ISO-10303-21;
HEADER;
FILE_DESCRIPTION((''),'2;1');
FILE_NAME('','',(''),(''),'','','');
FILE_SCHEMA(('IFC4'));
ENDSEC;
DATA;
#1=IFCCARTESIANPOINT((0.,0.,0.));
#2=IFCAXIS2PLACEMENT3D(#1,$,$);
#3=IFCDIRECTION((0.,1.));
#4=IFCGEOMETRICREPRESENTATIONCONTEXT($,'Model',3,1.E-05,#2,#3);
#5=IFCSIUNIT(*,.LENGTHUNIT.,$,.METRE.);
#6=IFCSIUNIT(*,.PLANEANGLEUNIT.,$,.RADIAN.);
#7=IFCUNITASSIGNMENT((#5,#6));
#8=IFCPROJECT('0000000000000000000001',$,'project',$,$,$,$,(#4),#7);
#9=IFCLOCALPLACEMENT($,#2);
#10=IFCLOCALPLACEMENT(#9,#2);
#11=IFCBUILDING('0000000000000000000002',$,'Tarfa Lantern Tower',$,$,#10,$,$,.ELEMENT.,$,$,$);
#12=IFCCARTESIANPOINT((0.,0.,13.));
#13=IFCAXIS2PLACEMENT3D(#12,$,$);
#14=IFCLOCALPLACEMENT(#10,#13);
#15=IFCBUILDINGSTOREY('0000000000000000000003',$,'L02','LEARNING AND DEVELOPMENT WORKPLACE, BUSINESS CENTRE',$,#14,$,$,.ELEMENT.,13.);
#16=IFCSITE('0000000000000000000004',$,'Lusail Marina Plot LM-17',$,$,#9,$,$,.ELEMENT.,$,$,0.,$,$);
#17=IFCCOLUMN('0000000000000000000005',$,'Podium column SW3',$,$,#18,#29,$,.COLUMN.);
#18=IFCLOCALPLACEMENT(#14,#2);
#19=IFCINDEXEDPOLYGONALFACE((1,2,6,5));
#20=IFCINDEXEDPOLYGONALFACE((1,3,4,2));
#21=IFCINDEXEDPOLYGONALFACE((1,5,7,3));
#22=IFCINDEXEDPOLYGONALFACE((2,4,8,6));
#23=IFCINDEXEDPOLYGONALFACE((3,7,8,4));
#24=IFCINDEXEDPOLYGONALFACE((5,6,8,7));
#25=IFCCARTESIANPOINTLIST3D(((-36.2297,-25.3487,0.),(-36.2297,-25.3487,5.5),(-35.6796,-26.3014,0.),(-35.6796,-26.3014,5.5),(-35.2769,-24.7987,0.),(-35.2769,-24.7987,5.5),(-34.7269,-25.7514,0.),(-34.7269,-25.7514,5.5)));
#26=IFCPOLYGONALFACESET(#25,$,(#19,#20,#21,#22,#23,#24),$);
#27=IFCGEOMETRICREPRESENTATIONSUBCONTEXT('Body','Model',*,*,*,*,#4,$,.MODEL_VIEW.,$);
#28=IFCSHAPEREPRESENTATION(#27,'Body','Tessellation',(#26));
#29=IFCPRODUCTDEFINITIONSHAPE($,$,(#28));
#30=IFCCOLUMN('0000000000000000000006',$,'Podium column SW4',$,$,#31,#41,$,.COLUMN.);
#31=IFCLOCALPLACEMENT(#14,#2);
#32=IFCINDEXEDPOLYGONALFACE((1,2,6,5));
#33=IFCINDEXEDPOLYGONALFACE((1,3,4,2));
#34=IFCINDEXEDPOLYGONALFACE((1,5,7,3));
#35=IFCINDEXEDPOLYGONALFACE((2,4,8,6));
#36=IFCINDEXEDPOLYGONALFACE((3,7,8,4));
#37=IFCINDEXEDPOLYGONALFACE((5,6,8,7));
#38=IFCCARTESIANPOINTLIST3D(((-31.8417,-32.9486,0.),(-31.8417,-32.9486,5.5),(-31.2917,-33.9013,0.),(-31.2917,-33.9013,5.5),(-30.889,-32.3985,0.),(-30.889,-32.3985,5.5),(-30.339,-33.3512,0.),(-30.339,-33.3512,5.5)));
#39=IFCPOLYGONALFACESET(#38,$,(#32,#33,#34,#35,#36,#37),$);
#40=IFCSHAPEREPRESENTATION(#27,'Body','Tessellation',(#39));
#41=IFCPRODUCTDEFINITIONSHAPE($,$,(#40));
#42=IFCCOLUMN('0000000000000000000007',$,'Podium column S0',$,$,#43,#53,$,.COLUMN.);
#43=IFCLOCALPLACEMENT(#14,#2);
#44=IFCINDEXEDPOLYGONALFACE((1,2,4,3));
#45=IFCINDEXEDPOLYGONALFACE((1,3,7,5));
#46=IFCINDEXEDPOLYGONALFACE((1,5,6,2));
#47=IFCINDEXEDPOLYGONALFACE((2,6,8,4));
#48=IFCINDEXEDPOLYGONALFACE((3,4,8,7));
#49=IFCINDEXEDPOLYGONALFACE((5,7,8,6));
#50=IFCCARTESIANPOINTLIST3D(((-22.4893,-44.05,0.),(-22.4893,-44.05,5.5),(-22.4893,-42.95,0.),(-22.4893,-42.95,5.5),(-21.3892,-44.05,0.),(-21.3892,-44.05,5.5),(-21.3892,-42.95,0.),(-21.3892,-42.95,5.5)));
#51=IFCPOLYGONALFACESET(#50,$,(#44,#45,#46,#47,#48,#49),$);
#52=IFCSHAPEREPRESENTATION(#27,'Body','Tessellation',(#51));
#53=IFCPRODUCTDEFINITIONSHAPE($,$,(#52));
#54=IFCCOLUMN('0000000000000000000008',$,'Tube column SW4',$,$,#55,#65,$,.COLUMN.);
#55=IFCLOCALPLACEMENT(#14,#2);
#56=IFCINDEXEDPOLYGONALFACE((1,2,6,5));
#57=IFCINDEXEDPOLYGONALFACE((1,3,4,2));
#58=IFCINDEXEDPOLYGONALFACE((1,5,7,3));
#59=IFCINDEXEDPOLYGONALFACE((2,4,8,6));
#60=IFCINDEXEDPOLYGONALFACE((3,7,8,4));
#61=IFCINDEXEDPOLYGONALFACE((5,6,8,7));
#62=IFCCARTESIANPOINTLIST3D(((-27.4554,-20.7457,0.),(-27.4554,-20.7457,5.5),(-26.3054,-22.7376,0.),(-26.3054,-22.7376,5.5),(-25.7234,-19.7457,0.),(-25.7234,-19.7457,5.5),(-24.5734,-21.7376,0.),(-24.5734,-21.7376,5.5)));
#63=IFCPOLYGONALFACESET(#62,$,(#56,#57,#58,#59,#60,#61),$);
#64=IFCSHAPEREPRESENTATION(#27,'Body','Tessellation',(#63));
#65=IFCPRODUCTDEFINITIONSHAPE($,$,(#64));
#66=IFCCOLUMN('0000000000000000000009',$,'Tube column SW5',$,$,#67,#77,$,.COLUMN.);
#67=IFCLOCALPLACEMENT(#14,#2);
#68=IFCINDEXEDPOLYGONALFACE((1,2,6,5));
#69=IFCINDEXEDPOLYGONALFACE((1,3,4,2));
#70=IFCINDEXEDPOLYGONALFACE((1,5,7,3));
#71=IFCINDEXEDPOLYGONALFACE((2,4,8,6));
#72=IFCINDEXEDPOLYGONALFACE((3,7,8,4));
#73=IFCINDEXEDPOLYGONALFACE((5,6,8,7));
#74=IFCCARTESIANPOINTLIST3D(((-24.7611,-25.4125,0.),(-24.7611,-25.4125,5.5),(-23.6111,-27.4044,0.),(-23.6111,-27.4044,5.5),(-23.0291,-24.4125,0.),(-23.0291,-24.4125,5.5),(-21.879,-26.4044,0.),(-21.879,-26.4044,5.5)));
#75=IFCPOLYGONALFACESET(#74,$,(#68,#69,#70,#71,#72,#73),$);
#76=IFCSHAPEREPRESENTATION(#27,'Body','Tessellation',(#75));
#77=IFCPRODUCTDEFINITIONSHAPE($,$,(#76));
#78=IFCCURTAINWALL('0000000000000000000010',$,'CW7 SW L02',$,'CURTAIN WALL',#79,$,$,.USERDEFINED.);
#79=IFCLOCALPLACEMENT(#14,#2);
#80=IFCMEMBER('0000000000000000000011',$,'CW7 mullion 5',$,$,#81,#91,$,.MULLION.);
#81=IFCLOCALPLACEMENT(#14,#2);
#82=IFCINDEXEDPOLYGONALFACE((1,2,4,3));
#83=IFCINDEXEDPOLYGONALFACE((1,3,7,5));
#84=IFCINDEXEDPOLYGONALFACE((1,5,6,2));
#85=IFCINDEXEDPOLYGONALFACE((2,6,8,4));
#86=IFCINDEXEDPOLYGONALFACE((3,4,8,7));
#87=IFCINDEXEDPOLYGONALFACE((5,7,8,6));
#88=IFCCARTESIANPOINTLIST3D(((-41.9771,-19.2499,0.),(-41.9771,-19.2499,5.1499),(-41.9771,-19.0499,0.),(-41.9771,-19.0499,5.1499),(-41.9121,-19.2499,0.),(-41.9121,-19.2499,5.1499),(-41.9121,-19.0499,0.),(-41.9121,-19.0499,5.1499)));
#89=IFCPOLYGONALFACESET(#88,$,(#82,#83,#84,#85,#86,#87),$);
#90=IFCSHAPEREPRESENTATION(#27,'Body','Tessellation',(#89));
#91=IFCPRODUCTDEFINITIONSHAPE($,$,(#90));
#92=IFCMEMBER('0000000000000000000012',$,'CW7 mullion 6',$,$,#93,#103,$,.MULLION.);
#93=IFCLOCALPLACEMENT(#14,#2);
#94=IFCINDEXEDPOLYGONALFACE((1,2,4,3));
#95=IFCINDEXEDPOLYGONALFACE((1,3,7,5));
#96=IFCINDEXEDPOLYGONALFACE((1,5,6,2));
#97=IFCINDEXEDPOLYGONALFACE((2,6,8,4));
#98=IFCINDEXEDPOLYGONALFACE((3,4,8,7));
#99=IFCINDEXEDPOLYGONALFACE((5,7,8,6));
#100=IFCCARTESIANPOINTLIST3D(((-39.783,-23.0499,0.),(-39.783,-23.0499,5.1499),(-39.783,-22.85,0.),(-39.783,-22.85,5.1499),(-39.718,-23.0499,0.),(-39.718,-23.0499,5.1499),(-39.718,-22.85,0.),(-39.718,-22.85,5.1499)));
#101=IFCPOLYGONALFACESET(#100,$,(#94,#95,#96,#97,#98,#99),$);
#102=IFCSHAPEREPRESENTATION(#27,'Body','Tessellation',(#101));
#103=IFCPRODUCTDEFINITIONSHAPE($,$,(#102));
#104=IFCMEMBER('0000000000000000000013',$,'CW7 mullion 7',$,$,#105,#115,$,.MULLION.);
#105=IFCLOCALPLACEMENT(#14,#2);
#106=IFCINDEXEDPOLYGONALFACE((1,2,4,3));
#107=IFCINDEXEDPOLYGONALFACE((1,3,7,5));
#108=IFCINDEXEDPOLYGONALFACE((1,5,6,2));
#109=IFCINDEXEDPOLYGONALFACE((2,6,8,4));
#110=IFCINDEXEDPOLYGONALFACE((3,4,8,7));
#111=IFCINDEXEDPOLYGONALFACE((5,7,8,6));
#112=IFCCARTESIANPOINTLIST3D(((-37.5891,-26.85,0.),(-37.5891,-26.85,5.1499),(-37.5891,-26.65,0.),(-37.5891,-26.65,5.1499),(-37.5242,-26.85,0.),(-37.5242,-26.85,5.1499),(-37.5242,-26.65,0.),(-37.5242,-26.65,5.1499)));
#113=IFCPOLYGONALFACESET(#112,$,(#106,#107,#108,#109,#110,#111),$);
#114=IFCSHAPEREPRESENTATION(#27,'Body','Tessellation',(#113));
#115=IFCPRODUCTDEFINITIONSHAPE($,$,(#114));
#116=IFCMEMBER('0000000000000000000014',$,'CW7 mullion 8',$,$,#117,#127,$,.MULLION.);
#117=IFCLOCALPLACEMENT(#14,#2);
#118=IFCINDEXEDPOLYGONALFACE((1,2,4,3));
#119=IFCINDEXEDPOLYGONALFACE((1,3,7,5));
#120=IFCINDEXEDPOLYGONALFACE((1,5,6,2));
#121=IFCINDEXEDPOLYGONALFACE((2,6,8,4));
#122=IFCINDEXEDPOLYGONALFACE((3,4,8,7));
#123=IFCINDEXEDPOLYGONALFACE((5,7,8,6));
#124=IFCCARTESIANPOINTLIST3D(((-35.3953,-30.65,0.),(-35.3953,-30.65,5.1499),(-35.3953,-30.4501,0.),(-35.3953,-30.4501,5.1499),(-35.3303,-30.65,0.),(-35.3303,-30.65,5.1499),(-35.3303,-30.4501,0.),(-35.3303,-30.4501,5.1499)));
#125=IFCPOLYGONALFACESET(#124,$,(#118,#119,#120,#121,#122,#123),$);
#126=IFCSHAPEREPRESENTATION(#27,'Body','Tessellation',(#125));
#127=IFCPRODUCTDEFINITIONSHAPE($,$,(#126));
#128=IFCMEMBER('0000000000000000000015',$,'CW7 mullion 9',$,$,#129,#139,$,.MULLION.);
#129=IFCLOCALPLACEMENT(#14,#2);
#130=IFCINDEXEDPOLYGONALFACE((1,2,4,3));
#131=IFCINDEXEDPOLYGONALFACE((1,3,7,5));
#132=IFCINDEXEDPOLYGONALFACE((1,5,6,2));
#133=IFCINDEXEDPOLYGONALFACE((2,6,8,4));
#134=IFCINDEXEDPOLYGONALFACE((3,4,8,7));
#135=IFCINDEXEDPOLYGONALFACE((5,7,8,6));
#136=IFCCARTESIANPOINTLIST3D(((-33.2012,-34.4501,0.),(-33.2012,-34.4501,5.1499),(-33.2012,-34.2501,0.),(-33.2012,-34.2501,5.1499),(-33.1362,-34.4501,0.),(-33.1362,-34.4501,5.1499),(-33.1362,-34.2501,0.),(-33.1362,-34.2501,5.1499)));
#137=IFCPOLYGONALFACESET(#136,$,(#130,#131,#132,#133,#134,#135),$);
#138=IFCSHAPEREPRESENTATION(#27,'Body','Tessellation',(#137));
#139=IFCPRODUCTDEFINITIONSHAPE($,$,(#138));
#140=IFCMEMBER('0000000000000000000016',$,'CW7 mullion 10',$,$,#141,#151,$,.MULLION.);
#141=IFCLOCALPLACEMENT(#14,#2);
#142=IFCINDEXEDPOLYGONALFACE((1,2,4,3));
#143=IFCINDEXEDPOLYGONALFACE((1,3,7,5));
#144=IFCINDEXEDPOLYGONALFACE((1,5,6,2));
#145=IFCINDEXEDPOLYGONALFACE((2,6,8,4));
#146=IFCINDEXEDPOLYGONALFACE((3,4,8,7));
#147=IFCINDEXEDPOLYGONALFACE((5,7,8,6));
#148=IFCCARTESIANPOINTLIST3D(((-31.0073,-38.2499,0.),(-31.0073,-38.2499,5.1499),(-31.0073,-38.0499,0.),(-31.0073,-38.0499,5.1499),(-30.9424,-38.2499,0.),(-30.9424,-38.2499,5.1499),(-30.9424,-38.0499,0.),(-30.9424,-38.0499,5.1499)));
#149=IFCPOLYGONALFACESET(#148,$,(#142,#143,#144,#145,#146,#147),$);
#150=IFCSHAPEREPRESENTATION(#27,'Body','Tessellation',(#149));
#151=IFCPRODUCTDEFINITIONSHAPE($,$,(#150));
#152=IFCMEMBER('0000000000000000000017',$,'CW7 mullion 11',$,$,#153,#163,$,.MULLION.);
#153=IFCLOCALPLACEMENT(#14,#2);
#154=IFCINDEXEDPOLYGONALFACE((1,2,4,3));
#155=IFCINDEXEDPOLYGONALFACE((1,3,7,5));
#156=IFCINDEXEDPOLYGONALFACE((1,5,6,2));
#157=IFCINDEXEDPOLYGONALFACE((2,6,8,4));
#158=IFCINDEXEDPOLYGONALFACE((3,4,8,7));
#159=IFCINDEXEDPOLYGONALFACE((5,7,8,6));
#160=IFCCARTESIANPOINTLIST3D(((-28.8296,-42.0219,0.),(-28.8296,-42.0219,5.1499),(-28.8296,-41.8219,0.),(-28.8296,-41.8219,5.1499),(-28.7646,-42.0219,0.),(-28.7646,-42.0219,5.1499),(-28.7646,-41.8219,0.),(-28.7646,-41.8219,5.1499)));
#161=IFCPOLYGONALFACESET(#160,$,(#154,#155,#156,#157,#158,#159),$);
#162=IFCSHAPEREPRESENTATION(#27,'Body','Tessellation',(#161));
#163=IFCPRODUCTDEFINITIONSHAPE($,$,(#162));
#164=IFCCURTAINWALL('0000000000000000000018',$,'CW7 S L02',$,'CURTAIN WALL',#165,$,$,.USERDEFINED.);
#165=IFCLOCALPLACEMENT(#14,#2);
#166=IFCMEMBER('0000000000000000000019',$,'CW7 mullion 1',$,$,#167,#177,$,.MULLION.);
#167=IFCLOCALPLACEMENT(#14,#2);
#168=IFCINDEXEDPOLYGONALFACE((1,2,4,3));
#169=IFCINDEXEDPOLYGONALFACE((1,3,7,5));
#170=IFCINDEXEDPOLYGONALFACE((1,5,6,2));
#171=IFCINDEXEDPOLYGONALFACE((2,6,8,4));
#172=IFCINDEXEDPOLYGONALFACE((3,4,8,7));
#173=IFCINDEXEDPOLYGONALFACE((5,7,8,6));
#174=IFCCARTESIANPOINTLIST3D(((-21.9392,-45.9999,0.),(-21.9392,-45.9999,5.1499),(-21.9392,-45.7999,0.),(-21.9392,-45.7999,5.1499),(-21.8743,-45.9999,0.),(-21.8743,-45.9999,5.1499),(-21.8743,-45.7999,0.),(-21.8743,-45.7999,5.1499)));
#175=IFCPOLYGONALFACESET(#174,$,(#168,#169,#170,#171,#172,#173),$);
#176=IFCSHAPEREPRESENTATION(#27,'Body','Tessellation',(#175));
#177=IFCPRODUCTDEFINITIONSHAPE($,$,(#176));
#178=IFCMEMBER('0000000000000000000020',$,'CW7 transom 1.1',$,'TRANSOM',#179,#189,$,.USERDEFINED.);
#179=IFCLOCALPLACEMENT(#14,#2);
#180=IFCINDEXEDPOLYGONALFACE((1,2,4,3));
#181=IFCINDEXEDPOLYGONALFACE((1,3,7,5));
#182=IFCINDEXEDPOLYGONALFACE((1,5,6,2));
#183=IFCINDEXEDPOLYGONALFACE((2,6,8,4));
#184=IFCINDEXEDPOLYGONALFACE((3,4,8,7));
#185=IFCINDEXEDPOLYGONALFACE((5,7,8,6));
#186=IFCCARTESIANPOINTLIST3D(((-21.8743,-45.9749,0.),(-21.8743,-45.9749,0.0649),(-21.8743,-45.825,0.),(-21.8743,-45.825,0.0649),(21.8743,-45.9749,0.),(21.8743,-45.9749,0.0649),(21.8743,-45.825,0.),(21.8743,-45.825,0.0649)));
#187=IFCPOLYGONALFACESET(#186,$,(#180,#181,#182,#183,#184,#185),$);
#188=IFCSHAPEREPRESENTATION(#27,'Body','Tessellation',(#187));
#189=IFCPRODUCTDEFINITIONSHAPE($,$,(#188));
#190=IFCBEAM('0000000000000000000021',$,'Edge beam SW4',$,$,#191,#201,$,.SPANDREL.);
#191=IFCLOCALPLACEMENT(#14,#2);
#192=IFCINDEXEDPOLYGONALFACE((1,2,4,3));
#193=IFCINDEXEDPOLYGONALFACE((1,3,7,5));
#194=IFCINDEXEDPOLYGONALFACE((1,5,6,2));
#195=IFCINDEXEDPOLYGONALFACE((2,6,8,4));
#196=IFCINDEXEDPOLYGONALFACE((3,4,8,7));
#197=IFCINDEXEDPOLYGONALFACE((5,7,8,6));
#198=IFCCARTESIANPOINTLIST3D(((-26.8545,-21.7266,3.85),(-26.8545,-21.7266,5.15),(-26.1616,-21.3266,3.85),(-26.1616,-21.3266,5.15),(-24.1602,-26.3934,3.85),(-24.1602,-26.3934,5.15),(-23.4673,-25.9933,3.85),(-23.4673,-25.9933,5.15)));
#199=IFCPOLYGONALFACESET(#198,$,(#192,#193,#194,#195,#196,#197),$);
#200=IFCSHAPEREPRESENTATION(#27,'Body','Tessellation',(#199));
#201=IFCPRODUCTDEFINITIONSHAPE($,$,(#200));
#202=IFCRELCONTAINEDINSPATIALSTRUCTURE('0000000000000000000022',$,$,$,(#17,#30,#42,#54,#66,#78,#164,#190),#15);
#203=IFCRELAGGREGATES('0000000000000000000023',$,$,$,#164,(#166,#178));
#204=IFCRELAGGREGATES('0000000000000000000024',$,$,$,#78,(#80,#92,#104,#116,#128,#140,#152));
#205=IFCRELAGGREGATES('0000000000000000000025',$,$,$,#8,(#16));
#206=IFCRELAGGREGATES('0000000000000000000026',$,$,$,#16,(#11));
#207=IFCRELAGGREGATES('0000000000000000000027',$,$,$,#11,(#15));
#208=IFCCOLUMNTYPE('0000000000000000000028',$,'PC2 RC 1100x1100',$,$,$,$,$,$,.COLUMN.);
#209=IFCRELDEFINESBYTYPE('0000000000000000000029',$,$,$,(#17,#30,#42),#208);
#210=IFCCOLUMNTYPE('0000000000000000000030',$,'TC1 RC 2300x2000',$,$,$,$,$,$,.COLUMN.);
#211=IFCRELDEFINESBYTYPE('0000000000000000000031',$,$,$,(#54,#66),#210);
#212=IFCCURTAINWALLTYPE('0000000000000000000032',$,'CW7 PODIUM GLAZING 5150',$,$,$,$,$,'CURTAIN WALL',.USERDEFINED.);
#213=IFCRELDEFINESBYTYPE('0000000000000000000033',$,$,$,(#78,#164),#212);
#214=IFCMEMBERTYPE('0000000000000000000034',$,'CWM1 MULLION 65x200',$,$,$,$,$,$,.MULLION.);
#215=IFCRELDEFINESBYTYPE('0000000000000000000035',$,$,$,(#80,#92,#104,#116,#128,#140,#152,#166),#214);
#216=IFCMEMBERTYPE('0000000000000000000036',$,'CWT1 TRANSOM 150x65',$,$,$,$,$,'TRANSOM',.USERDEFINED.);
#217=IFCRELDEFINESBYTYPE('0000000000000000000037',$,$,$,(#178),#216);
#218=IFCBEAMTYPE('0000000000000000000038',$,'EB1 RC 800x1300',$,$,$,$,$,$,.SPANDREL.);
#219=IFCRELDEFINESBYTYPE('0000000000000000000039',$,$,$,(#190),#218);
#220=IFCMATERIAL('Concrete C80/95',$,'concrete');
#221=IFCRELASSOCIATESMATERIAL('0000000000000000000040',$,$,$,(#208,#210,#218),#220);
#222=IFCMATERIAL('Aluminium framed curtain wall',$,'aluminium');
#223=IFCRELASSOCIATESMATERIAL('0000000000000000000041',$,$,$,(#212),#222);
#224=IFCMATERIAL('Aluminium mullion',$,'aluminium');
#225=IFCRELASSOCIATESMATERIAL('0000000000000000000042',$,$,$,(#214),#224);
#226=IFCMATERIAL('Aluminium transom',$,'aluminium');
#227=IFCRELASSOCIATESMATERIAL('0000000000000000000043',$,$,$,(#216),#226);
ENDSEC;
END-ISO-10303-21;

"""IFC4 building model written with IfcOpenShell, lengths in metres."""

from ifc_helpers import new_model, si_unit, direction, frame, origin, origin_2d, place, context, subcontext, project, spatial, rectangle, extrude, material, material_profile, profile_set, type_object, element, aggregate, save


model = new_model("IFC4")

# Units and contexts
model_context = context("Model", 3, precision=1e-05, world=origin(), true_north=direction((0.0, 1.0)))
body_context = subcontext(model_context, "Body", "Model", "MODEL_VIEW")
ifc_project = project(units=[si_unit("LENGTHUNIT", "METRE"), si_unit("PLANEANGLEUNIT", "RADIAN")], contexts=[model_context])

# Site, building, storey
site_placement = place(None, origin())
site = spatial("IfcSite", under=ifc_project, at=site_placement, Name="Lusail Marina Plot LM-17", CompositionType="ELEMENT", RefElevation=0.0)
building_placement = place(site_placement, origin())
building = spatial("IfcBuilding", under=site, at=building_placement, Name="Tarfa Lantern Tower", CompositionType="ELEMENT")
storey_placement = place(building_placement, frame((0.0, 0.0, 13.0)))
storey = spatial("IfcBuildingStorey", under=building, at=storey_placement, Name="L02", Description="LEARNING AND DEVELOPMENT WORKPLACE, BUSINESS CENTRE", CompositionType="ELEMENT", Elevation=13.0)

# Columns
ifc_material_1 = material(Name="Concrete C80/95", Category="concrete")
ifc_material_profile_1 = material_profile(ifc_material_1, rectangle(XDim=1.1001, YDim=1.1001, at=origin_2d()), Name="RC 1100x1100")
ifc_profile_set_1 = profile_set([ifc_material_profile_1], Name="Concrete C80/95")
column_type_1 = type_object("IfcColumnType", Name="PC2 RC 1100x1100", PredefinedType="COLUMN", material=ifc_profile_set_1)
for number, where, z_axis, x_axis, name in (
    (1, (-35.4783, -25.55, 0.0), (0.0, 0.0, 1.0), (0.5, -0.866025, 0.0), "Podium column SW3"),
    (2, (-31.0903, -33.1499, 0.0), (0.0, 0.0, 1.0), (0.5, -0.866025, 0.0), "Podium column SW4"),
    (3, (-21.9392, -43.5, 0.0), (0.0, 0.0, 1.0), (1.0, 0.0, 0.0), "Podium column S0"),
):
    element("IfcColumn", number, at=place(storey_placement, frame(where, z_axis=z_axis, x_axis=x_axis)), inside=storey, type_object=column_type_1, Name=name, PredefinedType="COLUMN", context=body_context, shape_type="SweptSolid", body=[
        extrude(rectangle(XDim=1.1001, YDim=1.1001, at=origin_2d()), origin(), (0.0, 0.0, 1.0), 5.5),
    ])
ifc_material_profile_2 = material_profile(ifc_material_1, rectangle(XDim=2.3, YDim=2.0, at=origin_2d()), Name="RC 2300x2000")
ifc_profile_set_2 = profile_set([ifc_material_profile_2], Name="Concrete C80/95")
column_type_2 = type_object("IfcColumnType", Name="TC1 RC 2300x2000", PredefinedType="COLUMN", material=ifc_profile_set_2)
for number, where, z_axis, x_axis, name in (
    (4, (-26.0144, -21.2417, 0.0), (0.0, 0.0, 1.0), (0.5, -0.866025, 0.0), "Tube column SW4"),
    (5, (-23.3201, -25.9084, 0.0), (0.0, 0.0, 1.0), (0.5, -0.866025, 0.0), "Tube column SW5"),
):
    element("IfcColumn", number, at=place(storey_placement, frame(where, z_axis=z_axis, x_axis=x_axis)), inside=storey, type_object=column_type_2, Name=name, PredefinedType="COLUMN", context=body_context, shape_type="SweptSolid", body=[
        extrude(rectangle(XDim=2.3, YDim=2.0, at=origin_2d()), origin(), (0.0, 0.0, 1.0), 5.5),
    ])

# Curtain walls, members
ifc_material_2 = material(Name="Aluminium framed curtain wall", Category="aluminium")
curtain_wall_type = type_object("IfcCurtainWallType", Name="CW7 PODIUM GLAZING 5150", ElementType="CURTAIN WALL", PredefinedType="USERDEFINED", material=ifc_material_2)
curtain_wall_1_placement = place(storey_placement, origin())
curtain_wall_1 = element("IfcCurtainWall", 6, at=curtain_wall_1_placement, inside=storey, type_object=curtain_wall_type, Name="CW7 SW L02", ObjectType="CURTAIN WALL", PredefinedType="USERDEFINED")
ifc_material_3 = material(Name="Aluminium mullion", Category="aluminium")
ifc_material_profile_3 = material_profile(ifc_material_3, rectangle(XDim=0.0649, YDim=0.2, at=origin_2d()), Name="AL MULLION 65x200")
ifc_profile_set_3 = profile_set([ifc_material_profile_3], Name="Aluminium mullion")
member_type_1 = type_object("IfcMemberType", Name="CWM1 MULLION 65x200", PredefinedType="MULLION", material=ifc_profile_set_3)
member_1_placement = place(storey_placement, frame((-41.9446, -19.1499, 0.0), z_axis=(0.0, 0.0, 1.0), x_axis=(1.0, 0.0, 0.0)))
member_1 = element("IfcMember", 7, at=member_1_placement, type_object=member_type_1, Name="CW7 mullion 5", PredefinedType="MULLION", context=body_context, shape_type="SweptSolid", body=[
    extrude(rectangle(XDim=0.0649, YDim=0.2, at=origin_2d()), origin(), (0.0, 0.0, 1.0), 5.1499),
])
member_2_placement = place(storey_placement, frame((-39.7505, -22.95, 0.0), z_axis=(0.0, 0.0, 1.0), x_axis=(1.0, 0.0, 0.0)))
member_2 = element("IfcMember", 8, at=member_2_placement, type_object=member_type_1, Name="CW7 mullion 6", PredefinedType="MULLION", context=body_context, shape_type="SweptSolid", body=[
    extrude(rectangle(XDim=0.0649, YDim=0.2, at=origin_2d()), origin(), (0.0, 0.0, 1.0), 5.1499),
])
member_3_placement = place(storey_placement, frame((-37.5566, -26.75, 0.0), z_axis=(0.0, 0.0, 1.0), x_axis=(1.0, 0.0, 0.0)))
member_3 = element("IfcMember", 9, at=member_3_placement, type_object=member_type_1, Name="CW7 mullion 7", PredefinedType="MULLION", context=body_context, shape_type="SweptSolid", body=[
    extrude(rectangle(XDim=0.0649, YDim=0.2, at=origin_2d()), origin(), (0.0, 0.0, 1.0), 5.1499),
])
member_4_placement = place(storey_placement, frame((-35.3628, -30.55, 0.0), z_axis=(0.0, 0.0, 1.0), x_axis=(1.0, 0.0, 0.0)))
member_4 = element("IfcMember", 10, at=member_4_placement, type_object=member_type_1, Name="CW7 mullion 8", PredefinedType="MULLION", context=body_context, shape_type="SweptSolid", body=[
    extrude(rectangle(XDim=0.0649, YDim=0.2, at=origin_2d()), origin(), (0.0, 0.0, 1.0), 5.1499),
])
member_5_placement = place(storey_placement, frame((-33.1687, -34.3501, 0.0), z_axis=(0.0, 0.0, 1.0), x_axis=(1.0, 0.0, 0.0)))
member_5 = element("IfcMember", 11, at=member_5_placement, type_object=member_type_1, Name="CW7 mullion 9", PredefinedType="MULLION", context=body_context, shape_type="SweptSolid", body=[
    extrude(rectangle(XDim=0.0649, YDim=0.2, at=origin_2d()), origin(), (0.0, 0.0, 1.0), 5.1499),
])
member_6_placement = place(storey_placement, frame((-30.9749, -38.1499, 0.0), z_axis=(0.0, 0.0, 1.0), x_axis=(1.0, 0.0, 0.0)))
member_6 = element("IfcMember", 12, at=member_6_placement, type_object=member_type_1, Name="CW7 mullion 10", PredefinedType="MULLION", context=body_context, shape_type="SweptSolid", body=[
    extrude(rectangle(XDim=0.0649, YDim=0.2, at=origin_2d()), origin(), (0.0, 0.0, 1.0), 5.1499),
])
member_7_placement = place(storey_placement, frame((-28.7971, -41.9219, 0.0), z_axis=(0.0, 0.0, 1.0), x_axis=(1.0, 0.0, 0.0)))
member_7 = element("IfcMember", 13, at=member_7_placement, type_object=member_type_1, Name="CW7 mullion 11", PredefinedType="MULLION", context=body_context, shape_type="SweptSolid", body=[
    extrude(rectangle(XDim=0.0649, YDim=0.2, at=origin_2d()), origin(), (0.0, 0.0, 1.0), 5.1499),
])
curtain_wall_2_placement = place(storey_placement, origin())
curtain_wall_2 = element("IfcCurtainWall", 14, at=curtain_wall_2_placement, inside=storey, type_object=curtain_wall_type, Name="CW7 S L02", ObjectType="CURTAIN WALL", PredefinedType="USERDEFINED")
member_8_placement = place(storey_placement, frame((-21.9067, -45.8999, 0.0), z_axis=(0.0, 0.0, 1.0), x_axis=(1.0, 0.0, 0.0)))
member_8 = element("IfcMember", 15, at=member_8_placement, type_object=member_type_1, Name="CW7 mullion 1", PredefinedType="MULLION", context=body_context, shape_type="SweptSolid", body=[
    extrude(rectangle(XDim=0.0649, YDim=0.2, at=origin_2d()), origin(), (0.0, 0.0, 1.0), 5.1499),
])
ifc_material_4 = material(Name="Aluminium transom", Category="aluminium")
ifc_material_profile_4 = material_profile(ifc_material_4, rectangle(XDim=0.1499, YDim=0.0649, at=origin_2d()), Name="AL TRANSOM 150x65")
ifc_profile_set_4 = profile_set([ifc_material_profile_4], Name="Aluminium transom")
member_type_2 = type_object("IfcMemberType", Name="CWT1 TRANSOM 150x65", ElementType="TRANSOM", PredefinedType="USERDEFINED", material=ifc_profile_set_4)
member_9_placement = place(storey_placement, frame((-21.8743, -45.8999, 0.0325), z_axis=(1.0, 0.0, 0.0), x_axis=(0.0, 1.0, 0.0)))
member_9 = element("IfcMember", 16, at=member_9_placement, type_object=member_type_2, Name="CW7 transom 1.1", ObjectType="TRANSOM", PredefinedType="USERDEFINED", context=body_context, shape_type="SweptSolid", body=[
    extrude(rectangle(XDim=0.1499, YDim=0.0649, at=origin_2d()), origin(), (0.0, 0.0, 1.0), 43.7485),
])
aggregate(curtain_wall_2, [member_8, member_9])

# Beam
ifc_material_profile_5 = material_profile(ifc_material_1, rectangle(XDim=0.8, YDim=1.3, at=origin_2d()), Name="RC 800x1300")
ifc_profile_set_5 = profile_set([ifc_material_profile_5], Name="Concrete C80/95")
beam_type_1 = type_object("IfcBeamType", Name="EB1 RC 800x1300", PredefinedType="SPANDREL", material=ifc_profile_set_5)
for number, where, z_axis, x_axis, name in (
    (17, (-26.5081, -21.5266, 4.5), (0.499998, -0.866026, 0.0), (0.866026, 0.499998, 0.0), "Edge beam SW4"),
):
    element("IfcBeam", number, at=place(storey_placement, frame(where, z_axis=z_axis, x_axis=x_axis)), inside=storey, type_object=beam_type_1, Name=name, PredefinedType="SPANDREL", context=body_context, shape_type="SweptSolid", body=[
        extrude(rectangle(XDim=0.8, YDim=1.3, at=origin_2d()), origin(), (0.0, 0.0, 1.0), 5.3887),
    ])

aggregate(curtain_wall_1, [member_1, member_2, member_3, member_4, member_5, member_6, member_7])

save(model, "model.ifc")
